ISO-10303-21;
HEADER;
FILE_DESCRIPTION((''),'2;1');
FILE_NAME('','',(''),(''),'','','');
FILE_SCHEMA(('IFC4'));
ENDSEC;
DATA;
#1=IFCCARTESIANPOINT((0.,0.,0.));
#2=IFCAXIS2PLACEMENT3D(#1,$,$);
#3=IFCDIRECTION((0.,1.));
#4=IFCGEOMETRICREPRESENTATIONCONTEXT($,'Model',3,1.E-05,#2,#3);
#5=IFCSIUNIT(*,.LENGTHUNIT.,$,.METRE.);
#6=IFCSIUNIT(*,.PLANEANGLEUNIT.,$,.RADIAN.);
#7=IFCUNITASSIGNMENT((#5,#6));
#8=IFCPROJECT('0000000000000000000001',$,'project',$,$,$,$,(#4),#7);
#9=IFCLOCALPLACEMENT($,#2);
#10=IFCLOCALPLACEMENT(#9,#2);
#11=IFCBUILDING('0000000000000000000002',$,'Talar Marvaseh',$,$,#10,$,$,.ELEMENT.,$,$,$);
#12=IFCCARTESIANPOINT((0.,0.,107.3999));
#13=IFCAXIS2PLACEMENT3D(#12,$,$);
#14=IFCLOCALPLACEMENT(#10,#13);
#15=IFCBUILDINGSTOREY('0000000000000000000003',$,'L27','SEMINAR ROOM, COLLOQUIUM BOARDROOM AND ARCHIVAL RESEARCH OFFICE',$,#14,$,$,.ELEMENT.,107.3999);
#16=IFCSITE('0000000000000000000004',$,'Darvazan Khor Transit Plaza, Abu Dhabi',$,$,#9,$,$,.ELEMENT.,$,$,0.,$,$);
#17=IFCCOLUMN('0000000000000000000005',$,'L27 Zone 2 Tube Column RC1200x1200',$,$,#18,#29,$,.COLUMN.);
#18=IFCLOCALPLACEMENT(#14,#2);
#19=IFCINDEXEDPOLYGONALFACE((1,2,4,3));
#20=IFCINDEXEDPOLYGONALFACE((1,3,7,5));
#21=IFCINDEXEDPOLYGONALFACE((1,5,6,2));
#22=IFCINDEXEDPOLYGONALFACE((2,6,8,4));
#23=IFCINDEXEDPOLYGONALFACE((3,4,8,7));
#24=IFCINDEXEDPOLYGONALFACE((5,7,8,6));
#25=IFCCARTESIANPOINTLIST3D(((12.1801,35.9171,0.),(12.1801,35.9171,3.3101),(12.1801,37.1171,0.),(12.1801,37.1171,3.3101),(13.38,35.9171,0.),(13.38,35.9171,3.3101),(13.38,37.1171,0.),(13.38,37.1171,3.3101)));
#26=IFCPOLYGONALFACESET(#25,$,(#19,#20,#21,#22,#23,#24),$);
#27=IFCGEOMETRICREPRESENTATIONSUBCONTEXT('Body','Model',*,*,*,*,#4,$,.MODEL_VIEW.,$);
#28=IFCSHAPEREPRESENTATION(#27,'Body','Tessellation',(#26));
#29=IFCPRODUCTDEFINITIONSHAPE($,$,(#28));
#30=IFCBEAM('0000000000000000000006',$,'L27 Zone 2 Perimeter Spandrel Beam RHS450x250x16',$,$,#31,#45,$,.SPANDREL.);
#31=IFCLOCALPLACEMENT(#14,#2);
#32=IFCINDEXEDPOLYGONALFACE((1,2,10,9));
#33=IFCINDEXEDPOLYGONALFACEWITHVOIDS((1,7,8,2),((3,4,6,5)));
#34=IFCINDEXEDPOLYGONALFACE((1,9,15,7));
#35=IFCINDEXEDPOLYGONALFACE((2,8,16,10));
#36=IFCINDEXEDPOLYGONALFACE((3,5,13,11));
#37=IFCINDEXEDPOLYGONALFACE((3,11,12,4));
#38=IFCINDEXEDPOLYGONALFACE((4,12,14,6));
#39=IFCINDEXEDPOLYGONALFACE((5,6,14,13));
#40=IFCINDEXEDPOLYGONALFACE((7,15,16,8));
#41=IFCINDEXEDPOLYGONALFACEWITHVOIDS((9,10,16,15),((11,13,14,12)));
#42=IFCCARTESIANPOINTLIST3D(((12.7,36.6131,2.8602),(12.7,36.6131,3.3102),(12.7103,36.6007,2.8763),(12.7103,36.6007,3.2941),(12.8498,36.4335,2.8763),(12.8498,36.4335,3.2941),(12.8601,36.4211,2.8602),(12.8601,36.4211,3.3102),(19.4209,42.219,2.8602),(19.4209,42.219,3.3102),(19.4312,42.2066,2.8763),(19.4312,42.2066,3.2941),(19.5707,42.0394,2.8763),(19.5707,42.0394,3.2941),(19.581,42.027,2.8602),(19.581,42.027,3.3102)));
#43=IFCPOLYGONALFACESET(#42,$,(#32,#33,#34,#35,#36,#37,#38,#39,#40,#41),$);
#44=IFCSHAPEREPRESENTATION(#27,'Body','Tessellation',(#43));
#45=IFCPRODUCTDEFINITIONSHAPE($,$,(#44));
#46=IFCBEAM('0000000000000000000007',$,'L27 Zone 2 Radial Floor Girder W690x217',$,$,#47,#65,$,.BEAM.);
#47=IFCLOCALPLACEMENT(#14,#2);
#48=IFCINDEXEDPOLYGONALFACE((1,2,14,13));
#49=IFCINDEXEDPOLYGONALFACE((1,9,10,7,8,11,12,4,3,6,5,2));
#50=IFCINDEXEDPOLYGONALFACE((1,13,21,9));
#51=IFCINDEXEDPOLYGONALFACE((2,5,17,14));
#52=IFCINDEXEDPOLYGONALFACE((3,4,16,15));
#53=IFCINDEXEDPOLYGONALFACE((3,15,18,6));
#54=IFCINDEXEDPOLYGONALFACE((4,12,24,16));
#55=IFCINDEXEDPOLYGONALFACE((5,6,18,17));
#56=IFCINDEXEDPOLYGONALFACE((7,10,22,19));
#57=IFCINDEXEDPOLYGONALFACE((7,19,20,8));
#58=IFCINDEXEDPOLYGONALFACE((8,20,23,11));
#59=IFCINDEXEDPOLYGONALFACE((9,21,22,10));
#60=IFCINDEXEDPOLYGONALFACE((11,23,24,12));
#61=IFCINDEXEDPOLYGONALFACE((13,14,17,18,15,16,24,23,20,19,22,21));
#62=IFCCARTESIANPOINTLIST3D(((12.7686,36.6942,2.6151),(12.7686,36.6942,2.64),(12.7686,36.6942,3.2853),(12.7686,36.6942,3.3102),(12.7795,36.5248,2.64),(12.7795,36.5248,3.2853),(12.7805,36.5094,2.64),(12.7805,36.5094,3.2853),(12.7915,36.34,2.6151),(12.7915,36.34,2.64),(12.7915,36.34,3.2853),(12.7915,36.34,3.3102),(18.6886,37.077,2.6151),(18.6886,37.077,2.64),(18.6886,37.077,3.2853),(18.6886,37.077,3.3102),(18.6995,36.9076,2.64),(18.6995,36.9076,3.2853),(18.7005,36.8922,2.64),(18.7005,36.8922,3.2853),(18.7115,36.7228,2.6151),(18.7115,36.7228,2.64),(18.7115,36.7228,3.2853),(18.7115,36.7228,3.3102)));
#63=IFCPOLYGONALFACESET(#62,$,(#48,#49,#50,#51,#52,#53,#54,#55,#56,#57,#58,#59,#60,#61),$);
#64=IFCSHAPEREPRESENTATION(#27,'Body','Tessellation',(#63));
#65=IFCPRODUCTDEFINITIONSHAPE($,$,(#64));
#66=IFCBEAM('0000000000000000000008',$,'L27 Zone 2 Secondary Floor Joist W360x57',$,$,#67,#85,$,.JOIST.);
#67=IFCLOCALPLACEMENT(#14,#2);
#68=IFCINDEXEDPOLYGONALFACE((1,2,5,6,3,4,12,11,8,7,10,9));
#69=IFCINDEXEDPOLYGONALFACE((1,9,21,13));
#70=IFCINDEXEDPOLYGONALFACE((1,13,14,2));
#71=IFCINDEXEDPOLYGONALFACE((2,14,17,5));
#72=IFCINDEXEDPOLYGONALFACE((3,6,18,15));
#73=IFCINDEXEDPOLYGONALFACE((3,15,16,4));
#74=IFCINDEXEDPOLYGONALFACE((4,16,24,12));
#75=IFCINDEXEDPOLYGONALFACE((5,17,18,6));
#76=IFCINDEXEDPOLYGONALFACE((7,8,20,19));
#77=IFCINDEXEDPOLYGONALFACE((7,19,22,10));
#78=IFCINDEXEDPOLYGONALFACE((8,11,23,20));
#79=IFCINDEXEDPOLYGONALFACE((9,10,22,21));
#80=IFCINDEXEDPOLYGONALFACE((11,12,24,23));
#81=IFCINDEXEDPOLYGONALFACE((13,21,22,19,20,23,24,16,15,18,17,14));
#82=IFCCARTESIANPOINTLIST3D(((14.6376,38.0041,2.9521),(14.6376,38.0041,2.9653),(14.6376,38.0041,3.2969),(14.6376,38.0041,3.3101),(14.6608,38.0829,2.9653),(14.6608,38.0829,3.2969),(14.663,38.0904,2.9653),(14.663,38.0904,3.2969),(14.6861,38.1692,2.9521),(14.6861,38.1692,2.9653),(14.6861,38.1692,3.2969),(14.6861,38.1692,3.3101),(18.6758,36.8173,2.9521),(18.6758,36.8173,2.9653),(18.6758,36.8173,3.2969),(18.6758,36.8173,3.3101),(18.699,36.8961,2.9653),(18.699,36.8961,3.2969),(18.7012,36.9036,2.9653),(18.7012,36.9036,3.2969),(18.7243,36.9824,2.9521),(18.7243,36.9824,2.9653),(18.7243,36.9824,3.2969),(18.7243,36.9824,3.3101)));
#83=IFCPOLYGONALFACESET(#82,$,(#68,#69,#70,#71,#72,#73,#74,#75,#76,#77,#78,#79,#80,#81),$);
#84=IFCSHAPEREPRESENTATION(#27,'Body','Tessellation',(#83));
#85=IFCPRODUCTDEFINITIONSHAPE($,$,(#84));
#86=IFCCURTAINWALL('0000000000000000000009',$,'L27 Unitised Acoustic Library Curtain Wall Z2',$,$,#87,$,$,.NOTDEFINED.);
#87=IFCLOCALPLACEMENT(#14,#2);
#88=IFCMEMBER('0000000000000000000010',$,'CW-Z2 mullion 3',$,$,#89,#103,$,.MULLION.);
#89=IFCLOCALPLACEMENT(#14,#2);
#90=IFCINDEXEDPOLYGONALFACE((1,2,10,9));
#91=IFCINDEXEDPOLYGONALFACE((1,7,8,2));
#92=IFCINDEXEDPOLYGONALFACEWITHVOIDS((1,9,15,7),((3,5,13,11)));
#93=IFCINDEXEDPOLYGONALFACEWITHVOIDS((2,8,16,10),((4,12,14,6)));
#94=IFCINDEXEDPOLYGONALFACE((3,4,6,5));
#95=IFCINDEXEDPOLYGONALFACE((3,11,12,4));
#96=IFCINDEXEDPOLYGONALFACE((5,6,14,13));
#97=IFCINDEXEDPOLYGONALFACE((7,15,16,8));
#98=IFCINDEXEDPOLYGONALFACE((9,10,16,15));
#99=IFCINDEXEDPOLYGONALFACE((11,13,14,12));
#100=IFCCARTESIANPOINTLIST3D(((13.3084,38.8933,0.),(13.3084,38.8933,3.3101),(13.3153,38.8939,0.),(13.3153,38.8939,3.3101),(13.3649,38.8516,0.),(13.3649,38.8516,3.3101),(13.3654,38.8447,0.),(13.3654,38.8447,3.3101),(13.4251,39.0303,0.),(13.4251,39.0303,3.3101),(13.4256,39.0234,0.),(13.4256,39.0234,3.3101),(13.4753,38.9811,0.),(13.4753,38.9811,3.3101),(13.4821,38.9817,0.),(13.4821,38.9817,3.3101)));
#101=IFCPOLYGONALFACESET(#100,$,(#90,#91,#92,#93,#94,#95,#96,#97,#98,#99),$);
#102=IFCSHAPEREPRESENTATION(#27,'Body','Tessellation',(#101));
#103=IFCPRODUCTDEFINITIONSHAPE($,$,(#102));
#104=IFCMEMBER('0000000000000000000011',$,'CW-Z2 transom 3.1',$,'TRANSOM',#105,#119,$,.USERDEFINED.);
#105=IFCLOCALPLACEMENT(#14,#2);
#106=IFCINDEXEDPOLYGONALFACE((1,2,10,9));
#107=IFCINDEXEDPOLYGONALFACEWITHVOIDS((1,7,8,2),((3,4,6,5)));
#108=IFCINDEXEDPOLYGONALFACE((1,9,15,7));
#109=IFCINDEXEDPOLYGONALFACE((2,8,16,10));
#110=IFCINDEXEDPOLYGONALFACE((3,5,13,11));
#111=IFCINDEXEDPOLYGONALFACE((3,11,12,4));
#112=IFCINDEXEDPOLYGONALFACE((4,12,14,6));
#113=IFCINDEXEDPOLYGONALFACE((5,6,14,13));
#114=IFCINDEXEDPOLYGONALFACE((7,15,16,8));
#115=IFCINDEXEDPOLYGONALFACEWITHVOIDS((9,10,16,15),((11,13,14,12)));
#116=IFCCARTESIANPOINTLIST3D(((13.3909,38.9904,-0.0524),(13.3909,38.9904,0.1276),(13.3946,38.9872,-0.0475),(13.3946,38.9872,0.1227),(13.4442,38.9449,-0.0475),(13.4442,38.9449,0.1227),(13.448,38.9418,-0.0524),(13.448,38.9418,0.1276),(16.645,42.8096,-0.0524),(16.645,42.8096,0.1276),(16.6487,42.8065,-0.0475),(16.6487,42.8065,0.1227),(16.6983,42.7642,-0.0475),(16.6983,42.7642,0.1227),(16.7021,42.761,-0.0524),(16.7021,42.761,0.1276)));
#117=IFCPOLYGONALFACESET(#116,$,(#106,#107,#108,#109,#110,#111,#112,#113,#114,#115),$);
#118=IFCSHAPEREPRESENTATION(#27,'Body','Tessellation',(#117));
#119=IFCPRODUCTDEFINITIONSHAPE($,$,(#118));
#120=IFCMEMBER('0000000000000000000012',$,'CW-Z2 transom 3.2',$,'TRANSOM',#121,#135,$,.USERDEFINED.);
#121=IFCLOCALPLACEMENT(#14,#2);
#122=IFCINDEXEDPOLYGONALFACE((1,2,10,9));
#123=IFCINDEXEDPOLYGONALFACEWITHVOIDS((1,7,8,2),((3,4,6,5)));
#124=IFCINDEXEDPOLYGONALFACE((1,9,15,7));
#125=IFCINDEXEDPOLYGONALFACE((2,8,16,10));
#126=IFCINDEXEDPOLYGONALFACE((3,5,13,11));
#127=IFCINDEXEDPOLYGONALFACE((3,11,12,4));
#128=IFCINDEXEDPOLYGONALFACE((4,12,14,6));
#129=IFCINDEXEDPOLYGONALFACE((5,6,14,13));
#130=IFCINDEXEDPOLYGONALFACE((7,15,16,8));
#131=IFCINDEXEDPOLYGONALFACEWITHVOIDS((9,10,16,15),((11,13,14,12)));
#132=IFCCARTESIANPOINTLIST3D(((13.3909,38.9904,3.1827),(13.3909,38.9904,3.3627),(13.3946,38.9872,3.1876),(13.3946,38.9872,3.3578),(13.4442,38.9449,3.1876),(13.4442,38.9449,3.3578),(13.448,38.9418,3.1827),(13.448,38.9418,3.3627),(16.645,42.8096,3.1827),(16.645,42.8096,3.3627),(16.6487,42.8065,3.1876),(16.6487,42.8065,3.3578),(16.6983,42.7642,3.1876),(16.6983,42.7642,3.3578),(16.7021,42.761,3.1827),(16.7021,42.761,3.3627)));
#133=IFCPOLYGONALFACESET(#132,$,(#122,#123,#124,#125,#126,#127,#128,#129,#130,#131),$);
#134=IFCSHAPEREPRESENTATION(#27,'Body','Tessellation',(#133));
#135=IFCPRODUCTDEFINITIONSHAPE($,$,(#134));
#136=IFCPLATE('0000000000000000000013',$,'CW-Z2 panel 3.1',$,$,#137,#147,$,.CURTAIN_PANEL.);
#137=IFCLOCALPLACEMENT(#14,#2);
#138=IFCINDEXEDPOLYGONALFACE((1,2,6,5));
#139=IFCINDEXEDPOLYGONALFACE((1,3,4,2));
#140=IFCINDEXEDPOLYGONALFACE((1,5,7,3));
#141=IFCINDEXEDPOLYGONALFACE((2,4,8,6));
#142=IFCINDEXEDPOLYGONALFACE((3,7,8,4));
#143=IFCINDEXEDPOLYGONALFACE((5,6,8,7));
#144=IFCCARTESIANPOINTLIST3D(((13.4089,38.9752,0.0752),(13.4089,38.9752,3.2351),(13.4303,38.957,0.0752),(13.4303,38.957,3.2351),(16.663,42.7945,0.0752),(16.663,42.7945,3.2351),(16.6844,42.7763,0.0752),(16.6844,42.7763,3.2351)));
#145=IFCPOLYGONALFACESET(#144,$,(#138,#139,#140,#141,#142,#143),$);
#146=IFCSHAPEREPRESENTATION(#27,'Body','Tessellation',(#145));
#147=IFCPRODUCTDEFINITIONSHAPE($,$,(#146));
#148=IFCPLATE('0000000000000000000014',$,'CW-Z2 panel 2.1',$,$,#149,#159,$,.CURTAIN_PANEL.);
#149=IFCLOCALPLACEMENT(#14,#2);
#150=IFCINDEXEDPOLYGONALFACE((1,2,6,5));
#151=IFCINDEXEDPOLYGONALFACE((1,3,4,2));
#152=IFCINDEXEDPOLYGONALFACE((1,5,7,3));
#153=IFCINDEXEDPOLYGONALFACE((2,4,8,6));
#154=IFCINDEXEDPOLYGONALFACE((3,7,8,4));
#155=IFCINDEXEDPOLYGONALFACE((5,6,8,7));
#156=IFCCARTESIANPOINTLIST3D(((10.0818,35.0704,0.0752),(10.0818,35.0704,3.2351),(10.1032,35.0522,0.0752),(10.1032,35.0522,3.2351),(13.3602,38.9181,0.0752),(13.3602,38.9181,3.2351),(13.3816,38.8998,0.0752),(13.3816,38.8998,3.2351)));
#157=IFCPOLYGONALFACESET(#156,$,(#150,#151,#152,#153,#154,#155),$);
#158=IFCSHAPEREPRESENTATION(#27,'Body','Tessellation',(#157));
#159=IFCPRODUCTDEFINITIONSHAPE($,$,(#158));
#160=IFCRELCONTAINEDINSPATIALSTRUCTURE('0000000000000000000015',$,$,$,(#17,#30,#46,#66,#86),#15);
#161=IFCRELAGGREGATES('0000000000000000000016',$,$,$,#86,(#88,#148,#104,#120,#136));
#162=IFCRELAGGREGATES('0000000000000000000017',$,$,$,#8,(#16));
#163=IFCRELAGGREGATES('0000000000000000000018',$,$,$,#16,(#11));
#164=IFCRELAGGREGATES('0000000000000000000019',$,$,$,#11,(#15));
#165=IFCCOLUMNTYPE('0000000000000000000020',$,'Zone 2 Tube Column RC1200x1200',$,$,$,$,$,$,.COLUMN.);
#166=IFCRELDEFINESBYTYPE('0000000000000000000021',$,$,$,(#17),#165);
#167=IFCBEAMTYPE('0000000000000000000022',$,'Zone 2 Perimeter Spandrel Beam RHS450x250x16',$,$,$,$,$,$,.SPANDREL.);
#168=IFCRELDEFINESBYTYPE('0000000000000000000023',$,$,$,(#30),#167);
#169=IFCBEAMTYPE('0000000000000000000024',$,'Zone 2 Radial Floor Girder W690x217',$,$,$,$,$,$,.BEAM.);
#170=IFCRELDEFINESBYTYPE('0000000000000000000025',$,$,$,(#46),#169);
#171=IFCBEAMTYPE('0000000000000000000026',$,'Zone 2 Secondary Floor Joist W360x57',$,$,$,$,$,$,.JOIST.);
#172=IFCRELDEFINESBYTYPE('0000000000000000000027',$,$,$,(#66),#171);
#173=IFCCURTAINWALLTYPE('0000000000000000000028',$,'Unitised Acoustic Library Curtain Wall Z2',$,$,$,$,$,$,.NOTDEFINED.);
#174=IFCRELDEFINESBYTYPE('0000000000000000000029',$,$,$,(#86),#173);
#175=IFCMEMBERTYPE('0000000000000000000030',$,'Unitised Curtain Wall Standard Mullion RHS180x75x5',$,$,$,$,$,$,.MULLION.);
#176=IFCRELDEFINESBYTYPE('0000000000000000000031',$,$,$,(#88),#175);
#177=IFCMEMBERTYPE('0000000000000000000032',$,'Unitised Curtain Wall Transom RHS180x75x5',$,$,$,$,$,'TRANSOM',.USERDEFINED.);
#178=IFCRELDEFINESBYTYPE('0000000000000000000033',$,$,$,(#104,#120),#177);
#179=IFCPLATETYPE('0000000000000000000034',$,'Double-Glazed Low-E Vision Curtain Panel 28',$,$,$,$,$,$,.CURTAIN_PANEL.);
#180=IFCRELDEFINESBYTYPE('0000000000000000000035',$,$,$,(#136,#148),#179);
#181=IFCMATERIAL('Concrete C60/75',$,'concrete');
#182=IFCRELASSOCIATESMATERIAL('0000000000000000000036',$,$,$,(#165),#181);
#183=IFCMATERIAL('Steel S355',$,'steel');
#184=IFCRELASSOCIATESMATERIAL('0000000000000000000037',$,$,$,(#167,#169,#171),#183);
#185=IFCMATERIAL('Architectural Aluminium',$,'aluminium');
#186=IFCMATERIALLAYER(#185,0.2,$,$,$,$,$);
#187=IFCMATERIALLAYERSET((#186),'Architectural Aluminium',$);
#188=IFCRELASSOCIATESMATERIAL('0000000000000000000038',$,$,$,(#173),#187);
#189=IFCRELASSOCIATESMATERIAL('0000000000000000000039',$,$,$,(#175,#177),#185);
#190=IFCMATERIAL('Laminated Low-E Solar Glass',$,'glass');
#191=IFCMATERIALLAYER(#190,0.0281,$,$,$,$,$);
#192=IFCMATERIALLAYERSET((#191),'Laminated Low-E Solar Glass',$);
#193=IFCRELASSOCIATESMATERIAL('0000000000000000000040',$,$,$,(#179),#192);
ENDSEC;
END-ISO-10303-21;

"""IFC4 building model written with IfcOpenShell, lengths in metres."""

from ifc_helpers import new_model, si_unit, direction, frame, origin, origin_2d, place, context, subcontext, project, spatial, rectangle, hollow_rectangle, i_section, extrude, source, transform, mapped, material, layer, layer_set, material_profile, profile_set, type_object, type_shapes, element, aggregate, save


model = new_model("IFC4")

# Units and contexts
model_context = context("Model", 3, precision=1e-05, world=origin(), true_north=direction((0.0, 1.0)))
body_context = subcontext(model_context, "Body", "Model", "MODEL_VIEW")
ifc_project = project(units=[si_unit("LENGTHUNIT", "METRE"), si_unit("PLANEANGLEUNIT", "RADIAN")], contexts=[model_context])

# Site, building, storey
site_placement = place(None, origin())
site = spatial("IfcSite", under=ifc_project, at=site_placement, Name="Darvazan Khor Transit Plaza, Abu Dhabi", CompositionType="ELEMENT", RefElevation=0.0)
building_placement = place(site_placement, origin())
building = spatial("IfcBuilding", under=site, at=building_placement, Name="Talar Marvaseh", CompositionType="ELEMENT")
storey_placement = place(building_placement, frame((0.0, 0.0, 107.3999)))
storey = spatial("IfcBuildingStorey", under=building, at=storey_placement, Name="L27", Description="SEMINAR ROOM, COLLOQUIUM BOARDROOM AND ARCHIVAL RESEARCH OFFICE", CompositionType="ELEMENT", Elevation=107.3999)

# Column
ifc_material_1 = material(Name="Concrete C60/75", Category="concrete")
ifc_material_profile_1 = material_profile(ifc_material_1, rectangle(XDim=1.2, YDim=1.2, at=origin_2d()), Name="RC1200x1200")
ifc_profile_set_1 = profile_set([ifc_material_profile_1], Name="Concrete C60/75")
column_type = type_object("IfcColumnType", Name="Zone 2 Tube Column RC1200x1200", PredefinedType="COLUMN", material=ifc_profile_set_1)
column_placement = place(storey_placement, frame((12.78, 36.5171, 0.0), z_axis=(0.0, 0.0, 1.0), x_axis=(1.0, 0.0, 0.0)))
element("IfcColumn", 1, at=column_placement, inside=storey, type_object=column_type, Name="L27 Zone 2 Tube Column RC1200x1200", PredefinedType="COLUMN", context=body_context, shape_type="SweptSolid", body=[
    extrude(rectangle(XDim=1.2, YDim=1.2, at=origin_2d()), origin(), (0.0, 0.0, 1.0), 3.3101),
])

# Beams
ifc_material_2 = material(Name="Steel S355", Category="steel")
ifc_material_profile_2 = material_profile(ifc_material_2, hollow_rectangle(XDim=0.25, YDim=0.45, WallThickness=0.0161, at=origin_2d()), Name="RHS450x250x16")
ifc_profile_set_2 = profile_set([ifc_material_profile_2], Name="Steel S355")
beam_type_1 = type_object("IfcBeamType", Name="Zone 2 Perimeter Spandrel Beam RHS450x250x16", PredefinedType="SPANDREL", material=ifc_profile_set_2)
beam_1_placement = place(storey_placement, frame((12.78, 36.5171, 3.0852), z_axis=(0.767931, 0.640533, 0.0), x_axis=(-0.640533, 0.767931, 0.0)))
element("IfcBeam", 2, at=beam_1_placement, inside=storey, type_object=beam_type_1, Name="L27 Zone 2 Perimeter Spandrel Beam RHS450x250x16", PredefinedType="SPANDREL", context=body_context, shape_type="SweptSolid", body=[
    extrude(hollow_rectangle(XDim=0.25, YDim=0.45, WallThickness=0.0161, at=origin_2d()), origin(), (0.0, 0.0, 1.0), 8.752),
])
ifc_material_profile_3 = material_profile(ifc_material_2, i_section(OverallWidth=0.355, OverallDepth=0.6951, WebThickness=0.0154, FlangeThickness=0.0249, at=origin_2d()), Name="W690x217")
ifc_profile_set_3 = profile_set([ifc_material_profile_3], Name="Steel S355")
beam_type_2 = type_object("IfcBeamType", Name="Zone 2 Radial Floor Girder W690x217", PredefinedType="BEAM", material=ifc_profile_set_3)
beam_2_placement = place(storey_placement, frame((12.78, 36.5171, 2.9626), z_axis=(0.997916, 0.06453, 0.0), x_axis=(-0.06453, 0.997916, 0.0)))
element("IfcBeam", 3, at=beam_2_placement, inside=storey, type_object=beam_type_2, Name="L27 Zone 2 Radial Floor Girder W690x217", PredefinedType="BEAM", context=body_context, shape_type="SweptSolid", body=[
    extrude(i_section(OverallWidth=0.355, OverallDepth=0.6951, WebThickness=0.0154, FlangeThickness=0.0249, at=origin_2d()), origin(), (0.0, 0.0, 1.0), 5.9324),
])
ifc_material_profile_4 = material_profile(ifc_material_2, i_section(OverallWidth=0.1721, OverallDepth=0.3579, WebThickness=0.0078, FlangeThickness=0.0132, at=origin_2d()), Name="W360x57")
ifc_profile_set_4 = profile_set([ifc_material_profile_4], Name="Steel S355")
beam_type_3 = type_object("IfcBeamType", Name="Zone 2 Secondary Floor Joist W360x57", PredefinedType="JOIST", material=ifc_profile_set_4)
beam_3_placement = place(storey_placement, frame((14.6619, 38.0867, 3.1311), z_axis=(0.959424, -0.281968, 0.0), x_axis=(0.281968, 0.959424, 0.0)))
element("IfcBeam", 4, at=beam_3_placement, inside=storey, type_object=beam_type_3, Name="L27 Zone 2 Secondary Floor Joist W360x57", PredefinedType="JOIST", context=body_context, shape_type="SweptSolid", body=[
    extrude(i_section(OverallWidth=0.1721, OverallDepth=0.3579, WebThickness=0.0078, FlangeThickness=0.0132, at=origin_2d()), origin(), (0.0, 0.0, 1.0), 4.209),
])

# Curtain wall, members, plates
ifc_material_3 = material(Name="Architectural Aluminium", Category="aluminium")
ifc_layer_1 = layer(ifc_material_3, 0.2)
ifc_layer_set_1 = layer_set([ifc_layer_1], Name="Architectural Aluminium")
curtain_wall_type = type_object("IfcCurtainWallType", Name="Unitised Acoustic Library Curtain Wall Z2", PredefinedType="NOTDEFINED", material=ifc_layer_set_1)
curtain_wall_placement = place(storey_placement, origin())
curtain_wall = element("IfcCurtainWall", 5, at=curtain_wall_placement, inside=storey, type_object=curtain_wall_type, Name="L27 Unitised Acoustic Library Curtain Wall Z2", PredefinedType="NOTDEFINED")
ifc_material_profile_5 = material_profile(ifc_material_3, hollow_rectangle(XDim=0.075, YDim=0.1799, WallThickness=0.0049, at=origin_2d()), Name="RHS180x75x5")
ifc_profile_set_5 = profile_set([ifc_material_profile_5], Name="Architectural Aluminium")
member_type_1 = type_object("IfcMemberType", Name="Unitised Curtain Wall Standard Mullion RHS180x75x5", PredefinedType="MULLION", material=ifc_profile_set_5)
shared_shape_1 = source(origin(), body_context, "Body", "SweptSolid", [
    extrude(hollow_rectangle(XDim=0.075, YDim=0.1799, WallThickness=0.0049, at=origin_2d()), origin(), (0.0, 0.0, 1.0), 3.3101),
])
type_shapes(member_type_1, [shared_shape_1])
member_1_placement = place(storey_placement, frame((13.3953, 38.9375, 0.0), z_axis=(0.0, 0.0, 1.0), x_axis=(-0.761176, 0.648545, 0.0)))
member_1 = element("IfcMember", 6, at=member_1_placement, type_object=member_type_1, Name="CW-Z2 mullion 3", PredefinedType="MULLION", context=body_context, shape_type="MappedRepresentation", body=[
    mapped(shared_shape_1, transform((0.0, 0.0, 0.0), x_axis=(1.0, 0.0, 0.0), y_axis=(0.0, 1.0, 0.0), z_axis=(0.0, 0.0, 1.0), scale=1.0)),
])
ifc_material_profile_6 = material_profile(ifc_material_3, hollow_rectangle(XDim=0.075, YDim=0.1799, WallThickness=0.0049, at=origin_2d()), Name="RHS180x75x5")
ifc_profile_set_6 = profile_set([ifc_material_profile_6], Name="Architectural Aluminium")
member_type_2 = type_object("IfcMemberType", Name="Unitised Curtain Wall Transom RHS180x75x5", ElementType="TRANSOM", PredefinedType="USERDEFINED", material=ifc_profile_set_6)
shared_shape_2 = source(origin(), body_context, "Body", "SweptSolid", [
    extrude(hollow_rectangle(XDim=0.075, YDim=0.1799, WallThickness=0.0049, at=origin_2d()), origin(), (0.0, 0.0, 1.0), 5.0176),
])
type_shapes(member_type_2, [shared_shape_2])
member_2_placement = place(storey_placement, frame((13.4194, 38.9661, 0.0376), z_axis=(0.648541, 0.76118, 0.0), x_axis=(-0.76118, 0.648541, 0.0)))
member_2 = element("IfcMember", 7, at=member_2_placement, type_object=member_type_2, Name="CW-Z2 transom 3.1", ObjectType="TRANSOM", PredefinedType="USERDEFINED", context=body_context, shape_type="MappedRepresentation", body=[
    mapped(shared_shape_2, transform((0.0, 0.0, 0.0), x_axis=(1.0, 0.0, 0.0), y_axis=(0.0, 1.0, 0.0), z_axis=(0.0, 0.0, 1.0), scale=1.0)),
])
member_3_placement = place(storey_placement, frame((13.4194, 38.9661, 3.2727), z_axis=(0.648541, 0.76118, 0.0), x_axis=(-0.76118, 0.648541, 0.0)))
member_3 = element("IfcMember", 8, at=member_3_placement, type_object=member_type_2, Name="CW-Z2 transom 3.2", ObjectType="TRANSOM", PredefinedType="USERDEFINED", context=body_context, shape_type="MappedRepresentation", body=[
    mapped(shared_shape_2, transform((0.0, 0.0, 0.0), x_axis=(1.0, 0.0, 0.0), y_axis=(0.0, 1.0, 0.0), z_axis=(0.0, 0.0, 1.0), scale=1.0)),
])
ifc_material_4 = material(Name="Laminated Low-E Solar Glass", Category="glass")
ifc_layer_2 = layer(ifc_material_4, 0.0281)
ifc_layer_set_2 = layer_set([ifc_layer_2], Name="Laminated Low-E Solar Glass")
plate_type = type_object("IfcPlateType", Name="Double-Glazed Low-E Vision Curtain Panel 28", PredefinedType="CURTAIN_PANEL", material=ifc_layer_set_2)
shared_shape_3 = source(origin(), body_context, "Body", "SweptSolid", [
    extrude(rectangle(XDim=5.0176, YDim=0.0281, at=origin_2d()), origin(), (0.0, 0.0, 1.0), 3.1599),
])
plate_1_placement = place(storey_placement, frame((15.0466, 40.8757, 0.0752), z_axis=(0.0, 0.0, 1.0), x_axis=(0.648545, 0.761176, 0.0)))
plate_1 = element("IfcPlate", 9, at=plate_1_placement, type_object=plate_type, Name="CW-Z2 panel 3.1", PredefinedType="CURTAIN_PANEL", context=body_context, shape_type="MappedRepresentation", body=[
    mapped(shared_shape_3, transform((0.0, 0.0, 0.0), x_axis=(1.0, 0.0, 0.0), y_axis=(0.0, 1.0, 0.0), z_axis=(0.0, 0.0, 1.0), scale=1.0)),
])
shared_shape_4 = source(origin(), body_context, "Body", "SweptSolid", [
    extrude(rectangle(XDim=5.0549, YDim=0.0281, at=origin_2d()), origin(), (0.0, 0.0, 1.0), 3.1599),
])
type_shapes(plate_type, [shared_shape_3, shared_shape_4])
plate_2_placement = place(storey_placement, frame((11.7317, 36.9851, 0.0752), z_axis=(0.0, 0.0, 1.0), x_axis=(0.648545, 0.761176, 0.0)))
plate_2 = element("IfcPlate", 10, at=plate_2_placement, type_object=plate_type, Name="CW-Z2 panel 2.1", PredefinedType="CURTAIN_PANEL", context=body_context, shape_type="MappedRepresentation", body=[
    mapped(shared_shape_4, transform((0.0, 0.0, 0.0), x_axis=(1.0, 0.0, 0.0), y_axis=(0.0, 1.0, 0.0), z_axis=(0.0, 0.0, 1.0), scale=1.0)),
])
aggregate(curtain_wall, [member_1, plate_2, member_2, member_3, plate_1])

save(model, "model.ifc")
